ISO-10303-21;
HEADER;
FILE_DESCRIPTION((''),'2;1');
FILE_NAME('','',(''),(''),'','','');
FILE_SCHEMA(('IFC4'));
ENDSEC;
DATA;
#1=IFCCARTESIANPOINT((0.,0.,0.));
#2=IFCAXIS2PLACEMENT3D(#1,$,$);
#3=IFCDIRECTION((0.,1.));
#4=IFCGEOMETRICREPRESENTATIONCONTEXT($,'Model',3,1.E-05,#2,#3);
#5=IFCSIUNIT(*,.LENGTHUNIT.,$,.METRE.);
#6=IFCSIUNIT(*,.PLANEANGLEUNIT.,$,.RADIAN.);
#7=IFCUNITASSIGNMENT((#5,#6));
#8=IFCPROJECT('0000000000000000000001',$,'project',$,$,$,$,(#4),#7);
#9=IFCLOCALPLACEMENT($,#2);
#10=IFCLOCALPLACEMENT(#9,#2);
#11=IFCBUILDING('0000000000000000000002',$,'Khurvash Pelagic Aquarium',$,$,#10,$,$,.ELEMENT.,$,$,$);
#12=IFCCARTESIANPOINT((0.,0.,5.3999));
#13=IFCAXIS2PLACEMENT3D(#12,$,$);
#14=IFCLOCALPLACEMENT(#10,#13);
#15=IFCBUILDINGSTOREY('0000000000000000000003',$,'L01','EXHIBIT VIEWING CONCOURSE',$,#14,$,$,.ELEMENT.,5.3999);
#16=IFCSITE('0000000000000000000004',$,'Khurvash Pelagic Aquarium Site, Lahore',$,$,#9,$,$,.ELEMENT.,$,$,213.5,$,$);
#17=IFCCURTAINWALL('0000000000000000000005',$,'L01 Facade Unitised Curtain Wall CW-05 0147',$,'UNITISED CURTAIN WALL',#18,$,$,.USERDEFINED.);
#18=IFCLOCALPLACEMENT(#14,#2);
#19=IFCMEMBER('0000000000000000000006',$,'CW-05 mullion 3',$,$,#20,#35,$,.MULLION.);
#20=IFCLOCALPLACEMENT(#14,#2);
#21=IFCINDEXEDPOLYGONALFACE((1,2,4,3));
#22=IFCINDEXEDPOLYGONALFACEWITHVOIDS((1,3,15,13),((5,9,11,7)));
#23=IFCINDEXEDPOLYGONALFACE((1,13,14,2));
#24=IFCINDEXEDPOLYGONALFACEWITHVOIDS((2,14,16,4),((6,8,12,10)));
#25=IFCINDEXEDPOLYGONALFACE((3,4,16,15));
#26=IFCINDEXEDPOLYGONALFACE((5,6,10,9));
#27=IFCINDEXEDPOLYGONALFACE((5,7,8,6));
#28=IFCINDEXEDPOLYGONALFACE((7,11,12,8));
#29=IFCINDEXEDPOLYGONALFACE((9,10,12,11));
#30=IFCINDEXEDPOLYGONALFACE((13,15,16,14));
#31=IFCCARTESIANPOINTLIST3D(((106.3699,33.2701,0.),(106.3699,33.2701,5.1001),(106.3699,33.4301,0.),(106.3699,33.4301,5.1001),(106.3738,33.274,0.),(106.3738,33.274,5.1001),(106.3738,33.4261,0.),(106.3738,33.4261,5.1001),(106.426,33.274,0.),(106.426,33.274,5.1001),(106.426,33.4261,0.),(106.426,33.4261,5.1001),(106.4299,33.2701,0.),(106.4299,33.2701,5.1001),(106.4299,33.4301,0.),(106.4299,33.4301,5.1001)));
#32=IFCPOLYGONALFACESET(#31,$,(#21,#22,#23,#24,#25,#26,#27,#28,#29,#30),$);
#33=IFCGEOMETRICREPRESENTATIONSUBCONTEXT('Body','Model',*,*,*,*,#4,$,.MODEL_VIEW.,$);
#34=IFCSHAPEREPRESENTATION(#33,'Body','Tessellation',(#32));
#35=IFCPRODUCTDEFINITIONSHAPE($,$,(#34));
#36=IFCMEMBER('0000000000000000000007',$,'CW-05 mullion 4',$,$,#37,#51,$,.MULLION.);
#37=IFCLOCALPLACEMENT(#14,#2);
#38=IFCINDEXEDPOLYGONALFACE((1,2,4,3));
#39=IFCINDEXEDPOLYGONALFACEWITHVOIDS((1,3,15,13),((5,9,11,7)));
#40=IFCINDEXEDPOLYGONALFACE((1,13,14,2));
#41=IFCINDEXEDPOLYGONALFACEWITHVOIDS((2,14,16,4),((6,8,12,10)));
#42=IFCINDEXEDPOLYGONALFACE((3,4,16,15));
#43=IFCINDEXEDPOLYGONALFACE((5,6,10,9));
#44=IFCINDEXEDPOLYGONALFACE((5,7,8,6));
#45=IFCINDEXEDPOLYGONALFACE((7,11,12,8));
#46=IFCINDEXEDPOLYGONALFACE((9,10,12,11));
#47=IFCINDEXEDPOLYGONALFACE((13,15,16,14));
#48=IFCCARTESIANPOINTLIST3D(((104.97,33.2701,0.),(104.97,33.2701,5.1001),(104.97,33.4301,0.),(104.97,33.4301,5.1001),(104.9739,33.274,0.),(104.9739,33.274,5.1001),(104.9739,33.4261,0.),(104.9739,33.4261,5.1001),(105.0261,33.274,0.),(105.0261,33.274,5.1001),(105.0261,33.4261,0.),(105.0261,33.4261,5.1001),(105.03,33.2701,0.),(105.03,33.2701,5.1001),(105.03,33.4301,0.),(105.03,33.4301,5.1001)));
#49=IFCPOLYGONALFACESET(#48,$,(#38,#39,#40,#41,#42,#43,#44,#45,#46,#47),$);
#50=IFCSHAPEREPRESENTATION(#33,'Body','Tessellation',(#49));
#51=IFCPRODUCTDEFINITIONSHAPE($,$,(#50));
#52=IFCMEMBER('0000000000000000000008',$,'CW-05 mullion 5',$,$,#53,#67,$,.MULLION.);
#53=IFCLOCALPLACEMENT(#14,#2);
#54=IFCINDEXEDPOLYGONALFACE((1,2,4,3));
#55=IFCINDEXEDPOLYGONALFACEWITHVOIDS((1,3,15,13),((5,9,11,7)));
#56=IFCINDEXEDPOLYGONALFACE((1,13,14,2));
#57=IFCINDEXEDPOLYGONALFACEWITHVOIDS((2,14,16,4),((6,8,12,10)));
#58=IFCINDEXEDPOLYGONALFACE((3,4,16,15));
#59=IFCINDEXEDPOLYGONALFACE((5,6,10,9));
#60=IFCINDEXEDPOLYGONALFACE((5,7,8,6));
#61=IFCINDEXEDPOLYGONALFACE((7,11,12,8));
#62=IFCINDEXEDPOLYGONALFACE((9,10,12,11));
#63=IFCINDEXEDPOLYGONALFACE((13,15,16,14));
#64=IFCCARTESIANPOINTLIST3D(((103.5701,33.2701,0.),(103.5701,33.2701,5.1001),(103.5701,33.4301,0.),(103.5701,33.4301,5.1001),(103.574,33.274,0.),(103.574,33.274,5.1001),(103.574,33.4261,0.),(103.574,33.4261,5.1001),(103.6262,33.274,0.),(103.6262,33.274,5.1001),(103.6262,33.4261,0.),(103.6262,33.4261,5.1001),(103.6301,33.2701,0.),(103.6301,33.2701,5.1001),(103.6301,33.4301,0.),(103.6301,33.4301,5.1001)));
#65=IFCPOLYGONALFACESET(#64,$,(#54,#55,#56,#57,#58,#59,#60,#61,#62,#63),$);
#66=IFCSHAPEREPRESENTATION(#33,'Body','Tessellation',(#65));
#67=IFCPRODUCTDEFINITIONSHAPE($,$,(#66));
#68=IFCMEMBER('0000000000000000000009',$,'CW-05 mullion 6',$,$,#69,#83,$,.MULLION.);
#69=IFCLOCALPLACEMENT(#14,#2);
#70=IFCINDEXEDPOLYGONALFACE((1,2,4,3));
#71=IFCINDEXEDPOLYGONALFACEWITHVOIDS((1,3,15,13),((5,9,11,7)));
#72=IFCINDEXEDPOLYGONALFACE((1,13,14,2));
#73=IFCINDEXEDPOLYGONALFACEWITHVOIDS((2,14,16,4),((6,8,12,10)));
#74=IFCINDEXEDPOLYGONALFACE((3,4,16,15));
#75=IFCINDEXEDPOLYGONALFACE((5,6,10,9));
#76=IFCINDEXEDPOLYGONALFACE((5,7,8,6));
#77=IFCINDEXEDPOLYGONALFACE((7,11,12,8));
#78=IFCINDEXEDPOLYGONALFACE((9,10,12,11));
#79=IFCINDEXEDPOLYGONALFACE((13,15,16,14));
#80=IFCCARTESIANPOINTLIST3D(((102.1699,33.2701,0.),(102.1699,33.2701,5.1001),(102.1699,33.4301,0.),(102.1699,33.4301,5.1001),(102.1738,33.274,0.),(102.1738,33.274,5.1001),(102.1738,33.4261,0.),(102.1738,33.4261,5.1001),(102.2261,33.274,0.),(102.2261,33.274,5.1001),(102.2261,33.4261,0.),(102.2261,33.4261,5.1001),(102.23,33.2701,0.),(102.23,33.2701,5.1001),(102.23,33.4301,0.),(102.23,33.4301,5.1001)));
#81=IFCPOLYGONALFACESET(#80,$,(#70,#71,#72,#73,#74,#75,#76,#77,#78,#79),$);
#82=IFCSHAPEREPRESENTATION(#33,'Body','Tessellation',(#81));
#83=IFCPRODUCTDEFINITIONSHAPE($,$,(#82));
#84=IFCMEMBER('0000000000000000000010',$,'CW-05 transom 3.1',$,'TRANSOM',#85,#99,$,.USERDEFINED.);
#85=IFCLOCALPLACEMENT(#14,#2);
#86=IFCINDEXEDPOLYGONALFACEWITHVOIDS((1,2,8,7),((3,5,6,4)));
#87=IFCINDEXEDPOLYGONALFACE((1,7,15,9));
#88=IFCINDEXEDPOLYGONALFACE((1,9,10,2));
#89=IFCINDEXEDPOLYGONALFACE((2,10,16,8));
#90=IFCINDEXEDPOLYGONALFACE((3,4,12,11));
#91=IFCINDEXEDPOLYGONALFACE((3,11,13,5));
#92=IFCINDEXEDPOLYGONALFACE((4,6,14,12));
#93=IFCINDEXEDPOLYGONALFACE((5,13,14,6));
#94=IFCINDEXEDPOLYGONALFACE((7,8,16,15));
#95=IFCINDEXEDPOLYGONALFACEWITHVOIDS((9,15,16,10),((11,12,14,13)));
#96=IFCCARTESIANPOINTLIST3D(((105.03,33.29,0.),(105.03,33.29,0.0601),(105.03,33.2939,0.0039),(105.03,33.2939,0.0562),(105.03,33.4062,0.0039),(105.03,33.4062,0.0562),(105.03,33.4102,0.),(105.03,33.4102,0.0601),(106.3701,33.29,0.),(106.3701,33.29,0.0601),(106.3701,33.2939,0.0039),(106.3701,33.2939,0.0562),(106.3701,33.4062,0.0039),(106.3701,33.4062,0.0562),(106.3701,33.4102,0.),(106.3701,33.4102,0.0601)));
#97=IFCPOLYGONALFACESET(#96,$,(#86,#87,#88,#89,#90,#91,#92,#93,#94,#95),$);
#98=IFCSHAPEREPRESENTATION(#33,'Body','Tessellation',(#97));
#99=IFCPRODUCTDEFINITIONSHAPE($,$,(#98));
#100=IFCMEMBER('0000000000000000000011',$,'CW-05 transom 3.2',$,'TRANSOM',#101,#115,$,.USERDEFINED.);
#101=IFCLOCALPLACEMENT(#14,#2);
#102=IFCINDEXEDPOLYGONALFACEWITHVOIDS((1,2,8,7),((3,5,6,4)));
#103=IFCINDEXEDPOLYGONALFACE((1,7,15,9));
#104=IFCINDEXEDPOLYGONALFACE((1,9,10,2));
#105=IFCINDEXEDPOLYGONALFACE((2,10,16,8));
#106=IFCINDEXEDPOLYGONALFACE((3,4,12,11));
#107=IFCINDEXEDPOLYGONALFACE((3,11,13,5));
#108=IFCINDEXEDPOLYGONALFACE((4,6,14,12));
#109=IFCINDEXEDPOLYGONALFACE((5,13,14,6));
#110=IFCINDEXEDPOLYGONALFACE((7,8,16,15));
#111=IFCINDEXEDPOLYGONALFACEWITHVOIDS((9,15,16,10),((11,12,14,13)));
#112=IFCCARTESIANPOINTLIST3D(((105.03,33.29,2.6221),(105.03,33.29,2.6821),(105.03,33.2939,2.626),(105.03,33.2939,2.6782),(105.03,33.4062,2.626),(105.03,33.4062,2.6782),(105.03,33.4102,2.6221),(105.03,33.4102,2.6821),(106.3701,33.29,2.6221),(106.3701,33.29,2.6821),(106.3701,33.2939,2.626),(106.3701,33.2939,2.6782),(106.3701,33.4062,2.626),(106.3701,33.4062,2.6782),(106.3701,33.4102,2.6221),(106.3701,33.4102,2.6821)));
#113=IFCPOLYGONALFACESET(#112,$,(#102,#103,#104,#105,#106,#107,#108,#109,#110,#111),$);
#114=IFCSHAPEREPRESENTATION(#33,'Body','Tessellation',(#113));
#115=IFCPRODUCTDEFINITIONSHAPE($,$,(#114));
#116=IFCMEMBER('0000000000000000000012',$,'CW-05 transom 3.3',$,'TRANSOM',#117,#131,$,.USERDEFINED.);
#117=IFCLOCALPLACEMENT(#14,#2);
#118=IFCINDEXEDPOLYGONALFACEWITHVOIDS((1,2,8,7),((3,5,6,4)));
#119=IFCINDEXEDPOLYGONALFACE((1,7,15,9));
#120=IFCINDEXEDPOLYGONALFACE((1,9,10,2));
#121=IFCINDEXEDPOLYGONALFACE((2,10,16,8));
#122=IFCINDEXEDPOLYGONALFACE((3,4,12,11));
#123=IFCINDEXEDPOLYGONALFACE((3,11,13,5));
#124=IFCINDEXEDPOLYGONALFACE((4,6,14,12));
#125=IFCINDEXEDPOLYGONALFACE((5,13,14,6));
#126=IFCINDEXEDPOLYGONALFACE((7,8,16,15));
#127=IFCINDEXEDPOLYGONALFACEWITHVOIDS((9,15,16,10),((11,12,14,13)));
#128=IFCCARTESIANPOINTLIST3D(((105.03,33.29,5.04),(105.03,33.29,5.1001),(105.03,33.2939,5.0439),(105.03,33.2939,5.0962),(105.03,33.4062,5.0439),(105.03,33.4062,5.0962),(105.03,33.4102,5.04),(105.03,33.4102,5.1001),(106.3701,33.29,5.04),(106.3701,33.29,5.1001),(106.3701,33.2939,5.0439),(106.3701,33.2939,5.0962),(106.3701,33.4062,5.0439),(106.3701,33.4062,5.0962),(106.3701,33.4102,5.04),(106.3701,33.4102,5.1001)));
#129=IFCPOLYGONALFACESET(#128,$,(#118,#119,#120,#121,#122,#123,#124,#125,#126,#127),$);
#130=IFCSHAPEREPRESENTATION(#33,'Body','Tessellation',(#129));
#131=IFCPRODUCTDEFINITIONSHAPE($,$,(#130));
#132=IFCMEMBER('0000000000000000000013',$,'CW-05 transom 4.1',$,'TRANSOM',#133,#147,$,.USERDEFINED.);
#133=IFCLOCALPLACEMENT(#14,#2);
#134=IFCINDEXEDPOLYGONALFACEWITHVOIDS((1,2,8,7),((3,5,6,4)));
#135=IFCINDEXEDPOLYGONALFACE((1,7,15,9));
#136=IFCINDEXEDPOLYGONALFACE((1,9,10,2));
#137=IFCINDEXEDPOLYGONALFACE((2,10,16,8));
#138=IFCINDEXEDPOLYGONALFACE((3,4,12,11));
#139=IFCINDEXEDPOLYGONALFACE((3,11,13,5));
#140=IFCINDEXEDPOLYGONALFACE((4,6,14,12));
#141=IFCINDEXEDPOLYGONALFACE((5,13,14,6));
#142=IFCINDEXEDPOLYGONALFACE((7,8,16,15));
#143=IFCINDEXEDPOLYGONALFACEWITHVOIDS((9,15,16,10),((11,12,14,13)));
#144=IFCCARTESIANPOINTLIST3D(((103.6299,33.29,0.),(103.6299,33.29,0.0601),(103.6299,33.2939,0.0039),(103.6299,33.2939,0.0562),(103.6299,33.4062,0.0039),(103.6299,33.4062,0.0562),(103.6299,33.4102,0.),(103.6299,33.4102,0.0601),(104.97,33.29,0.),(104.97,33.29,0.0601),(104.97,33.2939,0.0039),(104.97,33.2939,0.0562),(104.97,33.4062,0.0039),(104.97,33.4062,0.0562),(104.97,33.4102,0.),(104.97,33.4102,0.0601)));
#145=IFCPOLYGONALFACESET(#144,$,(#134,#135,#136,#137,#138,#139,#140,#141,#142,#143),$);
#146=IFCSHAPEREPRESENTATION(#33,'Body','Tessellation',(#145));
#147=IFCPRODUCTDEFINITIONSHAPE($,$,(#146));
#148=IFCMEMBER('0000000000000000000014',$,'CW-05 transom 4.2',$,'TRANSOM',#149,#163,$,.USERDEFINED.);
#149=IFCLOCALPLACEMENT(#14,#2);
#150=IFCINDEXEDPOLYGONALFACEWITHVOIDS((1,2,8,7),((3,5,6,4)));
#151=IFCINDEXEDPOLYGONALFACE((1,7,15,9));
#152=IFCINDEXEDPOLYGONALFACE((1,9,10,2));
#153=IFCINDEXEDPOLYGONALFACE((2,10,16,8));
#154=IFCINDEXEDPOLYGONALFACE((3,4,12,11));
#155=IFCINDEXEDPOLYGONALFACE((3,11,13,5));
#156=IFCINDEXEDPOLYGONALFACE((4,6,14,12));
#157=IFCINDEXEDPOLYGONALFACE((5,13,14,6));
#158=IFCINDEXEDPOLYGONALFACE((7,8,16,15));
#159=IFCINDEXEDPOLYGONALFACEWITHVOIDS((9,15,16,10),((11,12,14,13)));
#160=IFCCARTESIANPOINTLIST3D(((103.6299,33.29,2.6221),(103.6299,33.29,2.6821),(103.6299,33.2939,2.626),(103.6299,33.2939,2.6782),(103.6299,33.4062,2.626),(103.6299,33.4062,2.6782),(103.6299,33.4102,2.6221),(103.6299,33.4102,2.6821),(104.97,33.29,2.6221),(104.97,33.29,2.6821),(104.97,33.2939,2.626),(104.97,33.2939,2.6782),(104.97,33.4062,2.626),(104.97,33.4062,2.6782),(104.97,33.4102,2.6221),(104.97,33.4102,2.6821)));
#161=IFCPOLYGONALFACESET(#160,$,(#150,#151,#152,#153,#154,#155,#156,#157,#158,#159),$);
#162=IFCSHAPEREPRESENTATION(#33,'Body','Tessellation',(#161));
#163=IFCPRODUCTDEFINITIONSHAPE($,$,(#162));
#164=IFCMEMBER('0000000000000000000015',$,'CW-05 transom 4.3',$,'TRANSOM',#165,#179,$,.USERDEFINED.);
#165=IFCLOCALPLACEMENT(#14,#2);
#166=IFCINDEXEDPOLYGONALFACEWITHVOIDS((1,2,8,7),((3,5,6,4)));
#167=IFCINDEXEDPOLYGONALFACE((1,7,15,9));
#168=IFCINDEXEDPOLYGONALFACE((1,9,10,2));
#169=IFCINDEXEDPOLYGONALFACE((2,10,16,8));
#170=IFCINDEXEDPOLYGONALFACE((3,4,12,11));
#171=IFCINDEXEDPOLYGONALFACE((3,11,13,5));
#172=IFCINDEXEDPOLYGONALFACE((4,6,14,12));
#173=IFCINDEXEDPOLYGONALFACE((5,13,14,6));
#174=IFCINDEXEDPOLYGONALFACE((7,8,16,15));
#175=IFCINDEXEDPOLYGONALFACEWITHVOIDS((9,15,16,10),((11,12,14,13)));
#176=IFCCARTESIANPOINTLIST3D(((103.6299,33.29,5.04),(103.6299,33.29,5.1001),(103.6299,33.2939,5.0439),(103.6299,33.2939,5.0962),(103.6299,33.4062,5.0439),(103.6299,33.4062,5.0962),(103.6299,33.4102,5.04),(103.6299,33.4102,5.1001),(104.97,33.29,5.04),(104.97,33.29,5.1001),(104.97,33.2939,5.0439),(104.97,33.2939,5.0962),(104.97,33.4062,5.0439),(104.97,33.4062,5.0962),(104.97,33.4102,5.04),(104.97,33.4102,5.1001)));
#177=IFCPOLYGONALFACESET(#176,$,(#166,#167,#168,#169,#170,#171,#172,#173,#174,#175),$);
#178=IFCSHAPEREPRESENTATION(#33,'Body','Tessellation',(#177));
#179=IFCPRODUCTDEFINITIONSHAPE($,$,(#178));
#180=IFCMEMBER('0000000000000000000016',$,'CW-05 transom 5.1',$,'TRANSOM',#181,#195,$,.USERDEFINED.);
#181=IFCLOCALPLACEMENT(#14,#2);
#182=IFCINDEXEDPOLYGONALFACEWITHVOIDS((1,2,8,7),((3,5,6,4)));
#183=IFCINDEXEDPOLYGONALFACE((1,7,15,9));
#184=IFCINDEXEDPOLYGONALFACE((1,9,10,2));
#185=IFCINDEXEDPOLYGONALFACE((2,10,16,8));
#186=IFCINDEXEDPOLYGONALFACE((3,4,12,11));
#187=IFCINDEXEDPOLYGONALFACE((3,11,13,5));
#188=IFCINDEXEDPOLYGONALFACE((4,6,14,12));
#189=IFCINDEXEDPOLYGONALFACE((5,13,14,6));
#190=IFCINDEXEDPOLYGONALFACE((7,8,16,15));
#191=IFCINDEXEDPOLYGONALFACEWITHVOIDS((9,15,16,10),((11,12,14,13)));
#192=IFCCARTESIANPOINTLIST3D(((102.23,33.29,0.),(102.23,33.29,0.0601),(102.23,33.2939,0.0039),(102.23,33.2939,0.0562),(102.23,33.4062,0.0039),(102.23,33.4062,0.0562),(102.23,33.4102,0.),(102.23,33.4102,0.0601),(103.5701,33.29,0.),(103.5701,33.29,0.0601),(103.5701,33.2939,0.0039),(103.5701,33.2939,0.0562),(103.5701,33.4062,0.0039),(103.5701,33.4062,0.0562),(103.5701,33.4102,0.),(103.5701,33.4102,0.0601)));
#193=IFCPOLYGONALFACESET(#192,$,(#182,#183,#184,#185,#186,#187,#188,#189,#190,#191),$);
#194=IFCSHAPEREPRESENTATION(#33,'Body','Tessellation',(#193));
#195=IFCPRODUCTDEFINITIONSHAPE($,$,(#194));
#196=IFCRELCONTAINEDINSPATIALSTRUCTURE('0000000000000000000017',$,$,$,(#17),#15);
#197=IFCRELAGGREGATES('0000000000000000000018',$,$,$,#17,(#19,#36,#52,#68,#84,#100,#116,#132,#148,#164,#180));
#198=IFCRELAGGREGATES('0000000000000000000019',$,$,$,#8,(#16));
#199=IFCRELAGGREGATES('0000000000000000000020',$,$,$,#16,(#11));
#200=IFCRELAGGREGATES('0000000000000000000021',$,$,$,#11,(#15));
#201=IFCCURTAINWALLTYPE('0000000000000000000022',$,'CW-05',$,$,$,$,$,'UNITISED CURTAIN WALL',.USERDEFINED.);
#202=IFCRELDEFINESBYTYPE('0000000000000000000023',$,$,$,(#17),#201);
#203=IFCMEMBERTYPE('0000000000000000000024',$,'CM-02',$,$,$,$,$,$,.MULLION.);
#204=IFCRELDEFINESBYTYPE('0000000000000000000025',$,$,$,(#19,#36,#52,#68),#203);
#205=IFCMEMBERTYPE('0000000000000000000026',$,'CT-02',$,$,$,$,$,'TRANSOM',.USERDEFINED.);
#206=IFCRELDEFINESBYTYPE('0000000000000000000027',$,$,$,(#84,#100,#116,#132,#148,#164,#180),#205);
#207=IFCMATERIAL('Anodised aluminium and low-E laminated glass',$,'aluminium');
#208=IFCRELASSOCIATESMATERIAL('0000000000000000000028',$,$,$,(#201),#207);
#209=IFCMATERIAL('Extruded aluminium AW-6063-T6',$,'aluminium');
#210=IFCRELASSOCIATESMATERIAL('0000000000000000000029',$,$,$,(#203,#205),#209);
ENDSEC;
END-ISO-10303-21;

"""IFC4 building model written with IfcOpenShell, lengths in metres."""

from ifc_helpers import new_model, si_unit, direction, frame, origin, origin_2d, place, context, subcontext, project, spatial, hollow_rectangle, extrude, material, material_profile, profile_set, type_object, element, aggregate, save


model = new_model("IFC4")

# Units and contexts
model_context = context("Model", 3, precision=1e-05, world=origin(), true_north=direction((0.0, 1.0)))
body_context = subcontext(model_context, "Body", "Model", "MODEL_VIEW")
ifc_project = project(units=[si_unit("LENGTHUNIT", "METRE"), si_unit("PLANEANGLEUNIT", "RADIAN")], contexts=[model_context])

# Site, building, storey
site_placement = place(None, origin())
site = spatial("IfcSite", under=ifc_project, at=site_placement, Name="Khurvash Pelagic Aquarium Site, Lahore", CompositionType="ELEMENT", RefElevation=213.5)
building_placement = place(site_placement, origin())
building = spatial("IfcBuilding", under=site, at=building_placement, Name="Khurvash Pelagic Aquarium", CompositionType="ELEMENT")
storey_placement = place(building_placement, frame((0.0, 0.0, 5.3999)))
storey = spatial("IfcBuildingStorey", under=building, at=storey_placement, Name="L01", Description="EXHIBIT VIEWING CONCOURSE", CompositionType="ELEMENT", Elevation=5.3999)

# Curtain wall, members
ifc_material_1 = material(Name="Anodised aluminium and low-E laminated glass", Category="aluminium")
curtain_wall_type = type_object("IfcCurtainWallType", Name="CW-05", ElementType="UNITISED CURTAIN WALL", PredefinedType="USERDEFINED", material=ifc_material_1)
curtain_wall_placement = place(storey_placement, origin())
curtain_wall = element("IfcCurtainWall", 1, at=curtain_wall_placement, inside=storey, type_object=curtain_wall_type, Name="L01 Facade Unitised Curtain Wall CW-05 0147", ObjectType="UNITISED CURTAIN WALL", PredefinedType="USERDEFINED")
ifc_material_2 = material(Name="Extruded aluminium AW-6063-T6", Category="aluminium")
ifc_material_profile_1 = material_profile(ifc_material_2, hollow_rectangle(XDim=0.0601, YDim=0.1599, WallThickness=0.0039, at=origin_2d()), Name="CWM60X160X4")
ifc_profile_set_1 = profile_set([ifc_material_profile_1], Name="Extruded aluminium AW-6063-T6")
member_type_1 = type_object("IfcMemberType", Name="CM-02", PredefinedType="MULLION", material=ifc_profile_set_1)
member_1_placement = place(storey_placement, frame((106.3999, 33.3501, 0.0), z_axis=(0.0, 0.0, 1.0), x_axis=(-1.0, 0.0, 0.0)))
member_1 = element("IfcMember", 2, at=member_1_placement, type_object=member_type_1, Name="CW-05 mullion 3", PredefinedType="MULLION", context=body_context, shape_type="SweptSolid", body=[
    extrude(hollow_rectangle(XDim=0.0601, YDim=0.1599, WallThickness=0.0039, at=origin_2d()), origin(), (0.0, 0.0, 1.0), 5.1001),
])
member_2_placement = place(storey_placement, frame((105.0, 33.3501, 0.0), z_axis=(0.0, 0.0, 1.0), x_axis=(-1.0, 0.0, 0.0)))
member_2 = element("IfcMember", 3, at=member_2_placement, type_object=member_type_1, Name="CW-05 mullion 4", PredefinedType="MULLION", context=body_context, shape_type="SweptSolid", body=[
    extrude(hollow_rectangle(XDim=0.0601, YDim=0.1599, WallThickness=0.0039, at=origin_2d()), origin(), (0.0, 0.0, 1.0), 5.1001),
])
member_3_placement = place(storey_placement, frame((103.6001, 33.3501, 0.0), z_axis=(0.0, 0.0, 1.0), x_axis=(-1.0, 0.0, 0.0)))
member_3 = element("IfcMember", 4, at=member_3_placement, type_object=member_type_1, Name="CW-05 mullion 5", PredefinedType="MULLION", context=body_context, shape_type="SweptSolid", body=[
    extrude(hollow_rectangle(XDim=0.0601, YDim=0.1599, WallThickness=0.0039, at=origin_2d()), origin(), (0.0, 0.0, 1.0), 5.1001),
])
member_4_placement = place(storey_placement, frame((102.2, 33.3501, 0.0), z_axis=(0.0, 0.0, 1.0), x_axis=(-1.0, 0.0, 0.0)))
member_4 = element("IfcMember", 5, at=member_4_placement, type_object=member_type_1, Name="CW-05 mullion 6", PredefinedType="MULLION", context=body_context, shape_type="SweptSolid", body=[
    extrude(hollow_rectangle(XDim=0.0601, YDim=0.1599, WallThickness=0.0039, at=origin_2d()), origin(), (0.0, 0.0, 1.0), 5.1001),
])
ifc_material_profile_2 = material_profile(ifc_material_2, hollow_rectangle(XDim=0.1201, YDim=0.0601, WallThickness=0.0039, at=origin_2d()), Name="CWT120X60X4")
ifc_profile_set_2 = profile_set([ifc_material_profile_2], Name="Extruded aluminium AW-6063-T6")
member_type_2 = type_object("IfcMemberType", Name="CT-02", ElementType="TRANSOM", PredefinedType="USERDEFINED", material=ifc_profile_set_2)
member_5_placement = place(storey_placement, frame((106.3701, 33.3501, 0.03), z_axis=(-1.0, 0.0, 0.0), x_axis=(0.0, -1.0, 0.0)))
member_5 = element("IfcMember", 6, at=member_5_placement, type_object=member_type_2, Name="CW-05 transom 3.1", ObjectType="TRANSOM", PredefinedType="USERDEFINED", context=body_context, shape_type="SweptSolid", body=[
    extrude(hollow_rectangle(XDim=0.1201, YDim=0.0601, WallThickness=0.0039, at=origin_2d()), origin(), (0.0, 0.0, 1.0), 1.3401),
])
member_6_placement = place(storey_placement, frame((106.3701, 33.3501, 2.6521), z_axis=(-1.0, 0.0, 0.0), x_axis=(0.0, -1.0, 0.0)))
member_6 = element("IfcMember", 7, at=member_6_placement, type_object=member_type_2, Name="CW-05 transom 3.2", ObjectType="TRANSOM", PredefinedType="USERDEFINED", context=body_context, shape_type="SweptSolid", body=[
    extrude(hollow_rectangle(XDim=0.1201, YDim=0.0601, WallThickness=0.0039, at=origin_2d()), origin(), (0.0, 0.0, 1.0), 1.3401),
])
member_7_placement = place(storey_placement, frame((106.3701, 33.3501, 5.0701), z_axis=(-1.0, 0.0, 0.0), x_axis=(0.0, -1.0, 0.0)))
member_7 = element("IfcMember", 8, at=member_7_placement, type_object=member_type_2, Name="CW-05 transom 3.3", ObjectType="TRANSOM", PredefinedType="USERDEFINED", context=body_context, shape_type="SweptSolid", body=[
    extrude(hollow_rectangle(XDim=0.1201, YDim=0.0601, WallThickness=0.0039, at=origin_2d()), origin(), (0.0, 0.0, 1.0), 1.3401),
])
member_8_placement = place(storey_placement, frame((104.97, 33.3501, 0.03), z_axis=(-1.0, 0.0, 0.0), x_axis=(0.0, -1.0, 0.0)))
member_8 = element("IfcMember", 9, at=member_8_placement, type_object=member_type_2, Name="CW-05 transom 4.1", ObjectType="TRANSOM", PredefinedType="USERDEFINED", context=body_context, shape_type="SweptSolid", body=[
    extrude(hollow_rectangle(XDim=0.1201, YDim=0.0601, WallThickness=0.0039, at=origin_2d()), origin(), (0.0, 0.0, 1.0), 1.3401),
])
member_9_placement = place(storey_placement, frame((104.97, 33.3501, 2.6521), z_axis=(-1.0, 0.0, 0.0), x_axis=(0.0, -1.0, 0.0)))
member_9 = element("IfcMember", 10, at=member_9_placement, type_object=member_type_2, Name="CW-05 transom 4.2", ObjectType="TRANSOM", PredefinedType="USERDEFINED", context=body_context, shape_type="SweptSolid", body=[
    extrude(hollow_rectangle(XDim=0.1201, YDim=0.0601, WallThickness=0.0039, at=origin_2d()), origin(), (0.0, 0.0, 1.0), 1.3401),
])
member_10_placement = place(storey_placement, frame((104.97, 33.3501, 5.0701), z_axis=(-1.0, 0.0, 0.0), x_axis=(0.0, -1.0, 0.0)))
member_10 = element("IfcMember", 11, at=member_10_placement, type_object=member_type_2, Name="CW-05 transom 4.3", ObjectType="TRANSOM", PredefinedType="USERDEFINED", context=body_context, shape_type="SweptSolid", body=[
    extrude(hollow_rectangle(XDim=0.1201, YDim=0.0601, WallThickness=0.0039, at=origin_2d()), origin(), (0.0, 0.0, 1.0), 1.3401),
])
member_11_placement = place(storey_placement, frame((103.5701, 33.3501, 0.03), z_axis=(-1.0, 0.0, 0.0), x_axis=(0.0, -1.0, 0.0)))
member_11 = element("IfcMember", 12, at=member_11_placement, type_object=member_type_2, Name="CW-05 transom 5.1", ObjectType="TRANSOM", PredefinedType="USERDEFINED", context=body_context, shape_type="SweptSolid", body=[
    extrude(hollow_rectangle(XDim=0.1201, YDim=0.0601, WallThickness=0.0039, at=origin_2d()), origin(), (0.0, 0.0, 1.0), 1.3401),
])
aggregate(curtain_wall, [member_1, member_2, member_3, member_4, member_5, member_6, member_7, member_8, member_9, member_10, member_11])

save(model, "model.ifc")
